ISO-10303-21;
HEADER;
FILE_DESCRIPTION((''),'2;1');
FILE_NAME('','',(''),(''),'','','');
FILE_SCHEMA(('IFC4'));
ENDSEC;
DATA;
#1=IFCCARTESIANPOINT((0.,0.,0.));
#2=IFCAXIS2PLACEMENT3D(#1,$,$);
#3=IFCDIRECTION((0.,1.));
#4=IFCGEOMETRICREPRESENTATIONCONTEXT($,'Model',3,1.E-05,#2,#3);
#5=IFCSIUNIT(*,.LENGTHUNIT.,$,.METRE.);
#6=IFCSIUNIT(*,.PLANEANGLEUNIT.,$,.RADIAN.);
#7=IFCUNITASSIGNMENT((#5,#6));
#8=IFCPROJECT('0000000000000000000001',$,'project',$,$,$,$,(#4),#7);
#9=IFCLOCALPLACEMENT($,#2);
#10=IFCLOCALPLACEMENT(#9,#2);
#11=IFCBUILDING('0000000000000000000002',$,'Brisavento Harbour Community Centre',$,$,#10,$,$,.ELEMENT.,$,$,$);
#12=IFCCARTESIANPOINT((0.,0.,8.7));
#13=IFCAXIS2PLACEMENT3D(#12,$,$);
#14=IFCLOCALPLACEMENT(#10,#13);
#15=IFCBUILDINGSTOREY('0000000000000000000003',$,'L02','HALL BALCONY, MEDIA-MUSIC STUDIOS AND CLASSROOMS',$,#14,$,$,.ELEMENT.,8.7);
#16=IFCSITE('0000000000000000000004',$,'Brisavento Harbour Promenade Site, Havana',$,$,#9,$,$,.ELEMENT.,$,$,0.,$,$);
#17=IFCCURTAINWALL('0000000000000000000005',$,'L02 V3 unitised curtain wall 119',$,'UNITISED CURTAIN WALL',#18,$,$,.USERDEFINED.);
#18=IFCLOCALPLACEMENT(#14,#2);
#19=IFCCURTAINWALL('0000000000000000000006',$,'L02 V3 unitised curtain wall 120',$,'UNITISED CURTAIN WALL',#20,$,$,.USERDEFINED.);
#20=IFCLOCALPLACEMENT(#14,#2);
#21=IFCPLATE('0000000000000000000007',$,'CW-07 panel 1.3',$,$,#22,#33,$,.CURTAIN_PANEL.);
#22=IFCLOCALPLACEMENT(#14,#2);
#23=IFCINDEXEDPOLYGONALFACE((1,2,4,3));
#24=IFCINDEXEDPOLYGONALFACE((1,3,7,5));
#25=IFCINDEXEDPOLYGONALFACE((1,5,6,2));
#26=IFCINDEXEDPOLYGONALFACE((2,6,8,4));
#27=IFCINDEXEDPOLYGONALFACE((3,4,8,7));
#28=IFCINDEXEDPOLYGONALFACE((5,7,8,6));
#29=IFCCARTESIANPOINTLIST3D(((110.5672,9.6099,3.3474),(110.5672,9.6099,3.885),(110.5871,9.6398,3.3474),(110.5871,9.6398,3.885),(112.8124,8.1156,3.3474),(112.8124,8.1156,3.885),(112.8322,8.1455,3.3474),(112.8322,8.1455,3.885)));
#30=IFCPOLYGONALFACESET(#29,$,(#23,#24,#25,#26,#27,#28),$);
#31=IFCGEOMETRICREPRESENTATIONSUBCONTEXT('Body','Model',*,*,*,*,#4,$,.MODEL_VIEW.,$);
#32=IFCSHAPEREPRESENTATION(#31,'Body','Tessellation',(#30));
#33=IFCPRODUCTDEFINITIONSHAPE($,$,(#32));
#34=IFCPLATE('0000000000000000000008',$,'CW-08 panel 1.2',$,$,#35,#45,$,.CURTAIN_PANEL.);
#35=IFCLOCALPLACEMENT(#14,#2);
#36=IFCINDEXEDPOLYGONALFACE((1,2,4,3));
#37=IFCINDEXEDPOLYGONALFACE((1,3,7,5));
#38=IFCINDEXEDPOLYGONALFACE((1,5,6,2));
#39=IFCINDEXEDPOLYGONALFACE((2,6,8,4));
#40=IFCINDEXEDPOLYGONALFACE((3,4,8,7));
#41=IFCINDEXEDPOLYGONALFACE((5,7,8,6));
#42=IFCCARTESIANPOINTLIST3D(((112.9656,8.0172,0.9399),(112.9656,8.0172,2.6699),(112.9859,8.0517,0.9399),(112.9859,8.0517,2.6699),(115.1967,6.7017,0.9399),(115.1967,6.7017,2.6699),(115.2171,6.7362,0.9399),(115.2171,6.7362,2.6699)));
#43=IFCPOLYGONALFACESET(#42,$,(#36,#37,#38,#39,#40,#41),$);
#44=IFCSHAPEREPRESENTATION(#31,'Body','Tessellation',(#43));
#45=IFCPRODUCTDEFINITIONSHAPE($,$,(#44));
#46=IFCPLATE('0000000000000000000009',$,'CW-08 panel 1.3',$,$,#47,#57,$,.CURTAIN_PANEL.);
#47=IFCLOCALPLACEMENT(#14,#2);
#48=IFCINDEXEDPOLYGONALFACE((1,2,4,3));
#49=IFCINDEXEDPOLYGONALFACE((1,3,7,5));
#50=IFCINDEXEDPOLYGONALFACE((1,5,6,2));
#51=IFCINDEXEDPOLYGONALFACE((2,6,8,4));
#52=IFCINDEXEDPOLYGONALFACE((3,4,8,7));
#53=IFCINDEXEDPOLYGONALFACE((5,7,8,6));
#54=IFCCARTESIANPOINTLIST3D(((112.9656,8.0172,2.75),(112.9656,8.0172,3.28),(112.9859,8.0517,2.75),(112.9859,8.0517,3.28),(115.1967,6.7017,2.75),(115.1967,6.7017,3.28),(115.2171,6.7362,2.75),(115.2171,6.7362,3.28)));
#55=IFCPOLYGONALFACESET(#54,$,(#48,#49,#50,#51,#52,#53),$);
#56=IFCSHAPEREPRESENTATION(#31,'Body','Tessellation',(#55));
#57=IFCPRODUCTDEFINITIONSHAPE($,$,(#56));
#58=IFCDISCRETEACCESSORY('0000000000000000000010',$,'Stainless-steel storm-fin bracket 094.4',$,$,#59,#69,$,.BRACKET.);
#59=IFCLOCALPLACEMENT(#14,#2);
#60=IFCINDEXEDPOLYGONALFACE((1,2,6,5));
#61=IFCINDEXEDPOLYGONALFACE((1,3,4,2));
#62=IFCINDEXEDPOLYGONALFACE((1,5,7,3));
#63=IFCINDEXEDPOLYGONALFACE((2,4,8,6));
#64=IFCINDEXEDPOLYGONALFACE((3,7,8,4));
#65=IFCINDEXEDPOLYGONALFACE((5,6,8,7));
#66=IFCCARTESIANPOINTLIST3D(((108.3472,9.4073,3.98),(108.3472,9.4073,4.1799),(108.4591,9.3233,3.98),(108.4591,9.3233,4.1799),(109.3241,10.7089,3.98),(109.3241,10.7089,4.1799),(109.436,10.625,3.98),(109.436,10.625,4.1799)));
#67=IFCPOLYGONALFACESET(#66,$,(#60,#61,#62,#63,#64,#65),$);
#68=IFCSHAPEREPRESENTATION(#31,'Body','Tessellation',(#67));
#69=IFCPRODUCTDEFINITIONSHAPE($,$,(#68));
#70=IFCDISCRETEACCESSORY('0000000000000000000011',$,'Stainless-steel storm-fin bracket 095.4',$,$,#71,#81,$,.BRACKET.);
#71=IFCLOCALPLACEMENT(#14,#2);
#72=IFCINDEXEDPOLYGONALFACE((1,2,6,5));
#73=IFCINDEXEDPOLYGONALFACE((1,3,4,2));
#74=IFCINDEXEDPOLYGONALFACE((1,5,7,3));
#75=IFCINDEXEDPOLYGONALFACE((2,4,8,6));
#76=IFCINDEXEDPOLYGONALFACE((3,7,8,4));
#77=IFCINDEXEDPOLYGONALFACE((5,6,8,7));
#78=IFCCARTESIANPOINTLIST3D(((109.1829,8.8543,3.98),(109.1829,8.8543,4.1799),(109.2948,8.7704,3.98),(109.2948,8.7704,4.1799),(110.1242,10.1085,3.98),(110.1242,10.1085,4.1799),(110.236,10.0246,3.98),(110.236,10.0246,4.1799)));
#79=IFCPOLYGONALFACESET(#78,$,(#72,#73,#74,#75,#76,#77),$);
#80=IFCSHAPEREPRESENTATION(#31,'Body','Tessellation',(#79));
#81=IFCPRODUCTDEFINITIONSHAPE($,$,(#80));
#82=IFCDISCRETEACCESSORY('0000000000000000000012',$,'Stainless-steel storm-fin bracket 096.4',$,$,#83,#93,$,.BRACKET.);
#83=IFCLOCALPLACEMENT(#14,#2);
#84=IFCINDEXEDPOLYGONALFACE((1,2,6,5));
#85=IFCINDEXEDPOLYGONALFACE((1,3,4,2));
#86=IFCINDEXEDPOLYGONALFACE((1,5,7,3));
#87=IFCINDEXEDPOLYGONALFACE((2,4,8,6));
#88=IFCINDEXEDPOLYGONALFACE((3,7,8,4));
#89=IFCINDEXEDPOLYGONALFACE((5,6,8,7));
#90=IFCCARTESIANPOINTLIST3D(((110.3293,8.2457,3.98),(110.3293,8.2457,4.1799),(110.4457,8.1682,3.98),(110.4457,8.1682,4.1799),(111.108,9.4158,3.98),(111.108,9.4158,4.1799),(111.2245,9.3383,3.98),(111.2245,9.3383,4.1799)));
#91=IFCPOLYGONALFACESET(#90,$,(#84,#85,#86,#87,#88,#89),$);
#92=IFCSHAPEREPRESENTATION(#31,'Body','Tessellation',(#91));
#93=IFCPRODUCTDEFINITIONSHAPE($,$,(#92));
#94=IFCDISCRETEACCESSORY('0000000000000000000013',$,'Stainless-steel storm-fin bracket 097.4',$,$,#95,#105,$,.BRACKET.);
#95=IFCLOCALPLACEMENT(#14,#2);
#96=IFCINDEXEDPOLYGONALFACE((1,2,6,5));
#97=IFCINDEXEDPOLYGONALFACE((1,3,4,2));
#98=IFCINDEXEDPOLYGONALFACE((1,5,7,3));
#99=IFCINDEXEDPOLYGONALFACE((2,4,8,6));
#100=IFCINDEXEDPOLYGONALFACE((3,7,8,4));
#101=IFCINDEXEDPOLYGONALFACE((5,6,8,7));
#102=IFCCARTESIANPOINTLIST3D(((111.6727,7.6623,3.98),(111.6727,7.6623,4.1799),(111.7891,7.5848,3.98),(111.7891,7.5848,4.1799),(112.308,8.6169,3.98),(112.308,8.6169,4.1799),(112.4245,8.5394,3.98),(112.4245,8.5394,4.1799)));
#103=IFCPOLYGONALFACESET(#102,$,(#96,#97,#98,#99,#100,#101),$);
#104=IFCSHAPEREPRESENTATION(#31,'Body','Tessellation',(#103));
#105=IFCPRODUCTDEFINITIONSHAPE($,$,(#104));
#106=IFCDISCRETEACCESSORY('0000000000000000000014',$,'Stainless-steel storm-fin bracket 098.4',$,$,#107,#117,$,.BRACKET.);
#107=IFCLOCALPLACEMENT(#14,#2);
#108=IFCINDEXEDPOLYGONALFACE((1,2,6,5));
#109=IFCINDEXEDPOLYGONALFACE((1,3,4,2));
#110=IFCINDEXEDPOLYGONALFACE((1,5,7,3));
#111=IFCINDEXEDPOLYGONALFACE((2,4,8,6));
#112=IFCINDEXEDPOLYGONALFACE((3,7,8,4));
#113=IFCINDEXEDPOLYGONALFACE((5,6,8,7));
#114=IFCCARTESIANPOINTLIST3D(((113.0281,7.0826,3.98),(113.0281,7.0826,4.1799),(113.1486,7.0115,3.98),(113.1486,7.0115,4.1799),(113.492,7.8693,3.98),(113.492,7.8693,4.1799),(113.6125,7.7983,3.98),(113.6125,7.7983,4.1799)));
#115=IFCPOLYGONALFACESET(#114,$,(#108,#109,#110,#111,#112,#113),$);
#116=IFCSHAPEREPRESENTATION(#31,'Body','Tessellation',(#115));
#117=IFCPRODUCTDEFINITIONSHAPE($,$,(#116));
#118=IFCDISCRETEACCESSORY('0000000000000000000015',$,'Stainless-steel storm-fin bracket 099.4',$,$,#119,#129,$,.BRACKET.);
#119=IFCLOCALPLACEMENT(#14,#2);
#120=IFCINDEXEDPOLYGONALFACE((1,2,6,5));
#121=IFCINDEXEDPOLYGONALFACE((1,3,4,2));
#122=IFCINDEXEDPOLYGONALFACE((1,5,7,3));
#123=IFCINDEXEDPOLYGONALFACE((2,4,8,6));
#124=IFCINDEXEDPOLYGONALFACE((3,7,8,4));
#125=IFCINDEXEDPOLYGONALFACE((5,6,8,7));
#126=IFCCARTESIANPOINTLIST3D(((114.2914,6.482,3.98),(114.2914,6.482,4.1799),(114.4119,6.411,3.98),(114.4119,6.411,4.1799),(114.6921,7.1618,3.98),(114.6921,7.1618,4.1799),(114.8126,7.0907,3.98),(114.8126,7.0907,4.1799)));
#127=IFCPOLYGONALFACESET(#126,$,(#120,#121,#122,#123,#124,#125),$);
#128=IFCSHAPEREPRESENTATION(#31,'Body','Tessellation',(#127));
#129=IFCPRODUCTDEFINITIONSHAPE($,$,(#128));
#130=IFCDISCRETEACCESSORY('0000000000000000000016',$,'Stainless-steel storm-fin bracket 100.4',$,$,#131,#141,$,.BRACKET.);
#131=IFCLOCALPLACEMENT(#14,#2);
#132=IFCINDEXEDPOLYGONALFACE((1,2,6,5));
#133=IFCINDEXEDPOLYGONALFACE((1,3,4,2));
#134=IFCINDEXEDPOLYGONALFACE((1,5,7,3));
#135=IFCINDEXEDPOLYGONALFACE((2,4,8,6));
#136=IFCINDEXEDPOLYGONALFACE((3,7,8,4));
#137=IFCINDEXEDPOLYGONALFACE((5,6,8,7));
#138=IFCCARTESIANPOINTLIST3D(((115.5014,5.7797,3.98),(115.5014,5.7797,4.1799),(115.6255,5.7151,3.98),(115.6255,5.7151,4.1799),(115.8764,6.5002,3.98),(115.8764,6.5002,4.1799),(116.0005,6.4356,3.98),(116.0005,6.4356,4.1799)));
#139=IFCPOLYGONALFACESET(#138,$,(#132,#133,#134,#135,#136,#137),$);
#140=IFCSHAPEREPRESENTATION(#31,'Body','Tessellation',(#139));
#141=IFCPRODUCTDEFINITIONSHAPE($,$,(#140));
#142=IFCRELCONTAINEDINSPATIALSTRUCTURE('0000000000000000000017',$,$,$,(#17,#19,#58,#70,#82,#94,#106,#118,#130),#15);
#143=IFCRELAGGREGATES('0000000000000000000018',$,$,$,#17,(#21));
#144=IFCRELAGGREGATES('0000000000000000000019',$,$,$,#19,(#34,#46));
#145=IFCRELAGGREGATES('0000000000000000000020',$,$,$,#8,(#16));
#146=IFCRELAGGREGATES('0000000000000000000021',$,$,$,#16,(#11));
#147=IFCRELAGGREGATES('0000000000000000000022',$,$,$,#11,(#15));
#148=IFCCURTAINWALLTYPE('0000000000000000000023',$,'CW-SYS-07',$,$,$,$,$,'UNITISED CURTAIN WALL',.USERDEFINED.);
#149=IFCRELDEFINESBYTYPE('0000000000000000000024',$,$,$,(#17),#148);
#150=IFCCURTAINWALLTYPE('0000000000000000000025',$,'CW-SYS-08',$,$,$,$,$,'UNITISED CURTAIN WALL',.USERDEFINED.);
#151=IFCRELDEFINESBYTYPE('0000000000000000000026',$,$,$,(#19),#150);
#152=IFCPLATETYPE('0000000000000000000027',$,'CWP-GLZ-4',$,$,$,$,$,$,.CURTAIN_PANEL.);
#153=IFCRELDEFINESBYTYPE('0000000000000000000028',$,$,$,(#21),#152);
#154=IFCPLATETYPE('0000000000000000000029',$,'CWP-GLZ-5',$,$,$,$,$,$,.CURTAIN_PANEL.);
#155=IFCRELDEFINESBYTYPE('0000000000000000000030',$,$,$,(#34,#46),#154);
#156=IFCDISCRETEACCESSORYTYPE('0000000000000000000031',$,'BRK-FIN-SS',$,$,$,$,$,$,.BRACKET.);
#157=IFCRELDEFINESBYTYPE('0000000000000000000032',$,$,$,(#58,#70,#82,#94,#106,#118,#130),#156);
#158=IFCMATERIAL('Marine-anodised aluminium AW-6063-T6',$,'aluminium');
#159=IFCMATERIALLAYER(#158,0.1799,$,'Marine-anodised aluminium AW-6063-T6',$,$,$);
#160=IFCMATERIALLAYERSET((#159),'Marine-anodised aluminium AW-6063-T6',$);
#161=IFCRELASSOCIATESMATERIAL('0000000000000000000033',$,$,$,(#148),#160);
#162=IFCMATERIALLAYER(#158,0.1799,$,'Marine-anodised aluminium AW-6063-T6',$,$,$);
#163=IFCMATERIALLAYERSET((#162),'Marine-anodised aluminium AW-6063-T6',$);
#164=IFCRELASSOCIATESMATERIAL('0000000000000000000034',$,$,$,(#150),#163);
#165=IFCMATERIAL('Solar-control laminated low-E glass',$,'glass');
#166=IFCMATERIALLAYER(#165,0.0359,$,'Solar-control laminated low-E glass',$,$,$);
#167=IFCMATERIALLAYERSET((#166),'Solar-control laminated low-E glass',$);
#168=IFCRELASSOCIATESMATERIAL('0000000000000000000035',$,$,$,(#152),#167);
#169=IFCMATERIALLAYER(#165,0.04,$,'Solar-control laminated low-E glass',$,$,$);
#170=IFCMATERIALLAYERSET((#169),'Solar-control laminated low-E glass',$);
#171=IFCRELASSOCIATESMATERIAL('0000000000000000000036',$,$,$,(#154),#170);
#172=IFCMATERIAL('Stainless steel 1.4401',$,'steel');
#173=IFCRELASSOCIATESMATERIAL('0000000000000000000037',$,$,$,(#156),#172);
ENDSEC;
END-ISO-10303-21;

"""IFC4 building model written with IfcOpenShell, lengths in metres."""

from ifc_helpers import new_model, si_unit, direction, frame, origin, origin_2d, place, context, subcontext, project, spatial, rectangle, extrude, material, layer, layer_set, type_object, element, aggregate, save


model = new_model("IFC4")

# Units and contexts
model_context = context("Model", 3, precision=1e-05, world=origin(), true_north=direction((0.0, 1.0)))
body_context = subcontext(model_context, "Body", "Model", "MODEL_VIEW")
ifc_project = project(units=[si_unit("LENGTHUNIT", "METRE"), si_unit("PLANEANGLEUNIT", "RADIAN")], contexts=[model_context])

# Site, building, storey
site_placement = place(None, origin())
site = spatial("IfcSite", under=ifc_project, at=site_placement, Name="Brisavento Harbour Promenade Site, Havana", CompositionType="ELEMENT", RefElevation=0.0)
building_placement = place(site_placement, origin())
building = spatial("IfcBuilding", under=site, at=building_placement, Name="Brisavento Harbour Community Centre", CompositionType="ELEMENT")
storey_placement = place(building_placement, frame((0.0, 0.0, 8.7)))
storey = spatial("IfcBuildingStorey", under=building, at=storey_placement, Name="L02", Description="HALL BALCONY, MEDIA-MUSIC STUDIOS AND CLASSROOMS", CompositionType="ELEMENT", Elevation=8.7)

# Curtain walls
ifc_material_1 = material(Name="Marine-anodised aluminium AW-6063-T6", Category="aluminium")
ifc_layer_1 = layer(ifc_material_1, 0.1799, Name="Marine-anodised aluminium AW-6063-T6")
ifc_layer_set_1 = layer_set([ifc_layer_1], Name="Marine-anodised aluminium AW-6063-T6")
curtain_wall_type_1 = type_object("IfcCurtainWallType", Name="CW-SYS-07", ElementType="UNITISED CURTAIN WALL", PredefinedType="USERDEFINED", material=ifc_layer_set_1)
curtain_wall_1_placement = place(storey_placement, origin())
curtain_wall_1 = element("IfcCurtainWall", 1, at=curtain_wall_1_placement, inside=storey, type_object=curtain_wall_type_1, Name="L02 V3 unitised curtain wall 119", ObjectType="UNITISED CURTAIN WALL", PredefinedType="USERDEFINED")
ifc_layer_2 = layer(ifc_material_1, 0.1799, Name="Marine-anodised aluminium AW-6063-T6")
ifc_layer_set_2 = layer_set([ifc_layer_2], Name="Marine-anodised aluminium AW-6063-T6")
curtain_wall_type_2 = type_object("IfcCurtainWallType", Name="CW-SYS-08", ElementType="UNITISED CURTAIN WALL", PredefinedType="USERDEFINED", material=ifc_layer_set_2)
curtain_wall_2_placement = place(storey_placement, origin())
curtain_wall_2 = element("IfcCurtainWall", 2, at=curtain_wall_2_placement, inside=storey, type_object=curtain_wall_type_2, Name="L02 V3 unitised curtain wall 120", ObjectType="UNITISED CURTAIN WALL", PredefinedType="USERDEFINED")

# Shared definitions
ifc_material_2 = material(Name="Solar-control laminated low-E glass", Category="glass")

# Plates
ifc_layer_3 = layer(ifc_material_2, 0.0359, Name="Solar-control laminated low-E glass")
ifc_layer_set_3 = layer_set([ifc_layer_3], Name="Solar-control laminated low-E glass")
plate_type_1 = type_object("IfcPlateType", Name="CWP-GLZ-4", PredefinedType="CURTAIN_PANEL", material=ifc_layer_set_3)
plate_1_placement = place(storey_placement, frame((111.6997, 8.8777, 3.3474), z_axis=(0.0, 0.0, 1.0), x_axis=(-0.832472, 0.554068, 0.0)))
plate_1 = element("IfcPlate", 3, at=plate_1_placement, type_object=plate_type_1, Name="CW-07 panel 1.3", PredefinedType="CURTAIN_PANEL", context=body_context, shape_type="SweptSolid", body=[
    extrude(rectangle(XDim=2.697, YDim=0.0359, at=origin_2d()), origin(), (0.0, 0.0, 1.0), 0.5376),
])
aggregate(curtain_wall_1, [plate_1])
ifc_layer_4 = layer(ifc_material_2, 0.04, Name="Solar-control laminated low-E glass")
ifc_layer_set_4 = layer_set([ifc_layer_4], Name="Solar-control laminated low-E glass")
plate_type_2 = type_object("IfcPlateType", Name="CWP-GLZ-5", PredefinedType="CURTAIN_PANEL", material=ifc_layer_set_4)
plate_2_placement = place(storey_placement, frame((114.0913, 7.3767, 0.9399), z_axis=(0.0, 0.0, 1.0), x_axis=(-0.86143, 0.507876, 0.0)))
plate_2 = element("IfcPlate", 4, at=plate_2_placement, type_object=plate_type_2, Name="CW-08 panel 1.2", PredefinedType="CURTAIN_PANEL", context=body_context, shape_type="SweptSolid", body=[
    extrude(rectangle(XDim=2.5901, YDim=0.04, at=origin_2d()), origin(), (0.0, 0.0, 1.0), 1.73),
])
plate_3_placement = place(storey_placement, frame((114.0913, 7.3767, 2.75), z_axis=(0.0, 0.0, 1.0), x_axis=(-0.86143, 0.507876, 0.0)))
plate_3 = element("IfcPlate", 5, at=plate_3_placement, type_object=plate_type_2, Name="CW-08 panel 1.3", PredefinedType="CURTAIN_PANEL", context=body_context, shape_type="SweptSolid", body=[
    extrude(rectangle(XDim=2.5901, YDim=0.04, at=origin_2d()), origin(), (0.0, 0.0, 1.0), 0.53),
])
aggregate(curtain_wall_2, [plate_2, plate_3])

# Discrete accessories
ifc_material_3 = material(Name="Stainless steel 1.4401", Category="steel")
discrete_accessory_type = type_object("IfcDiscreteAccessoryType", Name="BRK-FIN-SS", PredefinedType="BRACKET", material=ifc_material_3)
discrete_accessory_1_placement = place(storey_placement, frame((108.8916, 10.0161, 3.98), z_axis=(0.0, 0.0, 1.0), x_axis=(-0.600253, -0.79981, 0.0)))
element("IfcDiscreteAccessory", 6, at=discrete_accessory_1_placement, inside=storey, type_object=discrete_accessory_type, Name="Stainless-steel storm-fin bracket 094.4", PredefinedType="BRACKET", context=body_context, shape_type="SweptSolid", body=[
    extrude(rectangle(XDim=1.6274, YDim=0.1399, at=origin_2d()), origin(), (0.0, 0.0, 1.0), 0.2),
])
discrete_accessory_2_placement = place(storey_placement, frame((109.7095, 9.4395, 3.98), z_axis=(0.0, 0.0, 1.0), x_axis=(-0.600253, -0.79981, 0.0)))
element("IfcDiscreteAccessory", 7, at=discrete_accessory_2_placement, inside=storey, type_object=discrete_accessory_type, Name="Stainless-steel storm-fin bracket 095.4", PredefinedType="BRACKET", context=body_context, shape_type="SweptSolid", body=[
    extrude(rectangle(XDim=1.5681, YDim=0.1399, at=origin_2d()), origin(), (0.0, 0.0, 1.0), 0.2),
])
discrete_accessory_3_placement = place(storey_placement, frame((110.7769, 8.792, 3.98), z_axis=(0.0, 0.0, 1.0), x_axis=(-0.55406, -0.832477, 0.0)))
element("IfcDiscreteAccessory", 8, at=discrete_accessory_3_placement, inside=storey, type_object=discrete_accessory_type, Name="Stainless-steel storm-fin bracket 096.4", PredefinedType="BRACKET", context=body_context, shape_type="SweptSolid", body=[
    extrude(rectangle(XDim=1.4055, YDim=0.1399, at=origin_2d()), origin(), (0.0, 0.0, 1.0), 0.2),
])
discrete_accessory_4_placement = place(storey_placement, frame((112.0486, 8.1008, 3.98), z_axis=(0.0, 0.0, 1.0), x_axis=(-0.55406, -0.832477, 0.0)))
element("IfcDiscreteAccessory", 9, at=discrete_accessory_4_placement, inside=storey, type_object=discrete_accessory_type, Name="Stainless-steel storm-fin bracket 097.4", PredefinedType="BRACKET", context=body_context, shape_type="SweptSolid", body=[
    extrude(rectangle(XDim=1.1467, YDim=0.1399, at=origin_2d()), origin(), (0.0, 0.0, 1.0), 0.2),
])
discrete_accessory_5_placement = place(storey_placement, frame((113.3203, 7.4404, 3.98), z_axis=(0.0, 0.0, 1.0), x_axis=(-0.507869, -0.861434, 0.0)))
element("IfcDiscreteAccessory", 10, at=discrete_accessory_5_placement, inside=storey, type_object=discrete_accessory_type, Name="Stainless-steel storm-fin bracket 098.4", PredefinedType="BRACKET", context=body_context, shape_type="SweptSolid", body=[
    extrude(rectangle(XDim=0.9133, YDim=0.1399, at=origin_2d()), origin(), (0.0, 0.0, 1.0), 0.2),
])
discrete_accessory_6_placement = place(storey_placement, frame((114.552, 6.7864, 3.98), z_axis=(0.0, 0.0, 1.0), x_axis=(-0.507869, -0.861434, 0.0)))
element("IfcDiscreteAccessory", 11, at=discrete_accessory_6_placement, inside=storey, type_object=discrete_accessory_type, Name="Stainless-steel storm-fin bracket 099.4", PredefinedType="BRACKET", context=body_context, shape_type="SweptSolid", body=[
    extrude(rectangle(XDim=0.7891, YDim=0.1399, at=origin_2d()), origin(), (0.0, 0.0, 1.0), 0.2),
])
discrete_accessory_7_placement = place(storey_placement, frame((115.751, 6.1077, 3.98), z_axis=(0.0, 0.0, 1.0), x_axis=(-0.461702, -0.887035, 0.0)))
element("IfcDiscreteAccessory", 12, at=discrete_accessory_7_placement, inside=storey, type_object=discrete_accessory_type, Name="Stainless-steel storm-fin bracket 100.4", PredefinedType="BRACKET", context=body_context, shape_type="SweptSolid", body=[
    extrude(rectangle(XDim=0.8123, YDim=0.1399, at=origin_2d()), origin(), (0.0, 0.0, 1.0), 0.2),
])

save(model, "model.ifc")
